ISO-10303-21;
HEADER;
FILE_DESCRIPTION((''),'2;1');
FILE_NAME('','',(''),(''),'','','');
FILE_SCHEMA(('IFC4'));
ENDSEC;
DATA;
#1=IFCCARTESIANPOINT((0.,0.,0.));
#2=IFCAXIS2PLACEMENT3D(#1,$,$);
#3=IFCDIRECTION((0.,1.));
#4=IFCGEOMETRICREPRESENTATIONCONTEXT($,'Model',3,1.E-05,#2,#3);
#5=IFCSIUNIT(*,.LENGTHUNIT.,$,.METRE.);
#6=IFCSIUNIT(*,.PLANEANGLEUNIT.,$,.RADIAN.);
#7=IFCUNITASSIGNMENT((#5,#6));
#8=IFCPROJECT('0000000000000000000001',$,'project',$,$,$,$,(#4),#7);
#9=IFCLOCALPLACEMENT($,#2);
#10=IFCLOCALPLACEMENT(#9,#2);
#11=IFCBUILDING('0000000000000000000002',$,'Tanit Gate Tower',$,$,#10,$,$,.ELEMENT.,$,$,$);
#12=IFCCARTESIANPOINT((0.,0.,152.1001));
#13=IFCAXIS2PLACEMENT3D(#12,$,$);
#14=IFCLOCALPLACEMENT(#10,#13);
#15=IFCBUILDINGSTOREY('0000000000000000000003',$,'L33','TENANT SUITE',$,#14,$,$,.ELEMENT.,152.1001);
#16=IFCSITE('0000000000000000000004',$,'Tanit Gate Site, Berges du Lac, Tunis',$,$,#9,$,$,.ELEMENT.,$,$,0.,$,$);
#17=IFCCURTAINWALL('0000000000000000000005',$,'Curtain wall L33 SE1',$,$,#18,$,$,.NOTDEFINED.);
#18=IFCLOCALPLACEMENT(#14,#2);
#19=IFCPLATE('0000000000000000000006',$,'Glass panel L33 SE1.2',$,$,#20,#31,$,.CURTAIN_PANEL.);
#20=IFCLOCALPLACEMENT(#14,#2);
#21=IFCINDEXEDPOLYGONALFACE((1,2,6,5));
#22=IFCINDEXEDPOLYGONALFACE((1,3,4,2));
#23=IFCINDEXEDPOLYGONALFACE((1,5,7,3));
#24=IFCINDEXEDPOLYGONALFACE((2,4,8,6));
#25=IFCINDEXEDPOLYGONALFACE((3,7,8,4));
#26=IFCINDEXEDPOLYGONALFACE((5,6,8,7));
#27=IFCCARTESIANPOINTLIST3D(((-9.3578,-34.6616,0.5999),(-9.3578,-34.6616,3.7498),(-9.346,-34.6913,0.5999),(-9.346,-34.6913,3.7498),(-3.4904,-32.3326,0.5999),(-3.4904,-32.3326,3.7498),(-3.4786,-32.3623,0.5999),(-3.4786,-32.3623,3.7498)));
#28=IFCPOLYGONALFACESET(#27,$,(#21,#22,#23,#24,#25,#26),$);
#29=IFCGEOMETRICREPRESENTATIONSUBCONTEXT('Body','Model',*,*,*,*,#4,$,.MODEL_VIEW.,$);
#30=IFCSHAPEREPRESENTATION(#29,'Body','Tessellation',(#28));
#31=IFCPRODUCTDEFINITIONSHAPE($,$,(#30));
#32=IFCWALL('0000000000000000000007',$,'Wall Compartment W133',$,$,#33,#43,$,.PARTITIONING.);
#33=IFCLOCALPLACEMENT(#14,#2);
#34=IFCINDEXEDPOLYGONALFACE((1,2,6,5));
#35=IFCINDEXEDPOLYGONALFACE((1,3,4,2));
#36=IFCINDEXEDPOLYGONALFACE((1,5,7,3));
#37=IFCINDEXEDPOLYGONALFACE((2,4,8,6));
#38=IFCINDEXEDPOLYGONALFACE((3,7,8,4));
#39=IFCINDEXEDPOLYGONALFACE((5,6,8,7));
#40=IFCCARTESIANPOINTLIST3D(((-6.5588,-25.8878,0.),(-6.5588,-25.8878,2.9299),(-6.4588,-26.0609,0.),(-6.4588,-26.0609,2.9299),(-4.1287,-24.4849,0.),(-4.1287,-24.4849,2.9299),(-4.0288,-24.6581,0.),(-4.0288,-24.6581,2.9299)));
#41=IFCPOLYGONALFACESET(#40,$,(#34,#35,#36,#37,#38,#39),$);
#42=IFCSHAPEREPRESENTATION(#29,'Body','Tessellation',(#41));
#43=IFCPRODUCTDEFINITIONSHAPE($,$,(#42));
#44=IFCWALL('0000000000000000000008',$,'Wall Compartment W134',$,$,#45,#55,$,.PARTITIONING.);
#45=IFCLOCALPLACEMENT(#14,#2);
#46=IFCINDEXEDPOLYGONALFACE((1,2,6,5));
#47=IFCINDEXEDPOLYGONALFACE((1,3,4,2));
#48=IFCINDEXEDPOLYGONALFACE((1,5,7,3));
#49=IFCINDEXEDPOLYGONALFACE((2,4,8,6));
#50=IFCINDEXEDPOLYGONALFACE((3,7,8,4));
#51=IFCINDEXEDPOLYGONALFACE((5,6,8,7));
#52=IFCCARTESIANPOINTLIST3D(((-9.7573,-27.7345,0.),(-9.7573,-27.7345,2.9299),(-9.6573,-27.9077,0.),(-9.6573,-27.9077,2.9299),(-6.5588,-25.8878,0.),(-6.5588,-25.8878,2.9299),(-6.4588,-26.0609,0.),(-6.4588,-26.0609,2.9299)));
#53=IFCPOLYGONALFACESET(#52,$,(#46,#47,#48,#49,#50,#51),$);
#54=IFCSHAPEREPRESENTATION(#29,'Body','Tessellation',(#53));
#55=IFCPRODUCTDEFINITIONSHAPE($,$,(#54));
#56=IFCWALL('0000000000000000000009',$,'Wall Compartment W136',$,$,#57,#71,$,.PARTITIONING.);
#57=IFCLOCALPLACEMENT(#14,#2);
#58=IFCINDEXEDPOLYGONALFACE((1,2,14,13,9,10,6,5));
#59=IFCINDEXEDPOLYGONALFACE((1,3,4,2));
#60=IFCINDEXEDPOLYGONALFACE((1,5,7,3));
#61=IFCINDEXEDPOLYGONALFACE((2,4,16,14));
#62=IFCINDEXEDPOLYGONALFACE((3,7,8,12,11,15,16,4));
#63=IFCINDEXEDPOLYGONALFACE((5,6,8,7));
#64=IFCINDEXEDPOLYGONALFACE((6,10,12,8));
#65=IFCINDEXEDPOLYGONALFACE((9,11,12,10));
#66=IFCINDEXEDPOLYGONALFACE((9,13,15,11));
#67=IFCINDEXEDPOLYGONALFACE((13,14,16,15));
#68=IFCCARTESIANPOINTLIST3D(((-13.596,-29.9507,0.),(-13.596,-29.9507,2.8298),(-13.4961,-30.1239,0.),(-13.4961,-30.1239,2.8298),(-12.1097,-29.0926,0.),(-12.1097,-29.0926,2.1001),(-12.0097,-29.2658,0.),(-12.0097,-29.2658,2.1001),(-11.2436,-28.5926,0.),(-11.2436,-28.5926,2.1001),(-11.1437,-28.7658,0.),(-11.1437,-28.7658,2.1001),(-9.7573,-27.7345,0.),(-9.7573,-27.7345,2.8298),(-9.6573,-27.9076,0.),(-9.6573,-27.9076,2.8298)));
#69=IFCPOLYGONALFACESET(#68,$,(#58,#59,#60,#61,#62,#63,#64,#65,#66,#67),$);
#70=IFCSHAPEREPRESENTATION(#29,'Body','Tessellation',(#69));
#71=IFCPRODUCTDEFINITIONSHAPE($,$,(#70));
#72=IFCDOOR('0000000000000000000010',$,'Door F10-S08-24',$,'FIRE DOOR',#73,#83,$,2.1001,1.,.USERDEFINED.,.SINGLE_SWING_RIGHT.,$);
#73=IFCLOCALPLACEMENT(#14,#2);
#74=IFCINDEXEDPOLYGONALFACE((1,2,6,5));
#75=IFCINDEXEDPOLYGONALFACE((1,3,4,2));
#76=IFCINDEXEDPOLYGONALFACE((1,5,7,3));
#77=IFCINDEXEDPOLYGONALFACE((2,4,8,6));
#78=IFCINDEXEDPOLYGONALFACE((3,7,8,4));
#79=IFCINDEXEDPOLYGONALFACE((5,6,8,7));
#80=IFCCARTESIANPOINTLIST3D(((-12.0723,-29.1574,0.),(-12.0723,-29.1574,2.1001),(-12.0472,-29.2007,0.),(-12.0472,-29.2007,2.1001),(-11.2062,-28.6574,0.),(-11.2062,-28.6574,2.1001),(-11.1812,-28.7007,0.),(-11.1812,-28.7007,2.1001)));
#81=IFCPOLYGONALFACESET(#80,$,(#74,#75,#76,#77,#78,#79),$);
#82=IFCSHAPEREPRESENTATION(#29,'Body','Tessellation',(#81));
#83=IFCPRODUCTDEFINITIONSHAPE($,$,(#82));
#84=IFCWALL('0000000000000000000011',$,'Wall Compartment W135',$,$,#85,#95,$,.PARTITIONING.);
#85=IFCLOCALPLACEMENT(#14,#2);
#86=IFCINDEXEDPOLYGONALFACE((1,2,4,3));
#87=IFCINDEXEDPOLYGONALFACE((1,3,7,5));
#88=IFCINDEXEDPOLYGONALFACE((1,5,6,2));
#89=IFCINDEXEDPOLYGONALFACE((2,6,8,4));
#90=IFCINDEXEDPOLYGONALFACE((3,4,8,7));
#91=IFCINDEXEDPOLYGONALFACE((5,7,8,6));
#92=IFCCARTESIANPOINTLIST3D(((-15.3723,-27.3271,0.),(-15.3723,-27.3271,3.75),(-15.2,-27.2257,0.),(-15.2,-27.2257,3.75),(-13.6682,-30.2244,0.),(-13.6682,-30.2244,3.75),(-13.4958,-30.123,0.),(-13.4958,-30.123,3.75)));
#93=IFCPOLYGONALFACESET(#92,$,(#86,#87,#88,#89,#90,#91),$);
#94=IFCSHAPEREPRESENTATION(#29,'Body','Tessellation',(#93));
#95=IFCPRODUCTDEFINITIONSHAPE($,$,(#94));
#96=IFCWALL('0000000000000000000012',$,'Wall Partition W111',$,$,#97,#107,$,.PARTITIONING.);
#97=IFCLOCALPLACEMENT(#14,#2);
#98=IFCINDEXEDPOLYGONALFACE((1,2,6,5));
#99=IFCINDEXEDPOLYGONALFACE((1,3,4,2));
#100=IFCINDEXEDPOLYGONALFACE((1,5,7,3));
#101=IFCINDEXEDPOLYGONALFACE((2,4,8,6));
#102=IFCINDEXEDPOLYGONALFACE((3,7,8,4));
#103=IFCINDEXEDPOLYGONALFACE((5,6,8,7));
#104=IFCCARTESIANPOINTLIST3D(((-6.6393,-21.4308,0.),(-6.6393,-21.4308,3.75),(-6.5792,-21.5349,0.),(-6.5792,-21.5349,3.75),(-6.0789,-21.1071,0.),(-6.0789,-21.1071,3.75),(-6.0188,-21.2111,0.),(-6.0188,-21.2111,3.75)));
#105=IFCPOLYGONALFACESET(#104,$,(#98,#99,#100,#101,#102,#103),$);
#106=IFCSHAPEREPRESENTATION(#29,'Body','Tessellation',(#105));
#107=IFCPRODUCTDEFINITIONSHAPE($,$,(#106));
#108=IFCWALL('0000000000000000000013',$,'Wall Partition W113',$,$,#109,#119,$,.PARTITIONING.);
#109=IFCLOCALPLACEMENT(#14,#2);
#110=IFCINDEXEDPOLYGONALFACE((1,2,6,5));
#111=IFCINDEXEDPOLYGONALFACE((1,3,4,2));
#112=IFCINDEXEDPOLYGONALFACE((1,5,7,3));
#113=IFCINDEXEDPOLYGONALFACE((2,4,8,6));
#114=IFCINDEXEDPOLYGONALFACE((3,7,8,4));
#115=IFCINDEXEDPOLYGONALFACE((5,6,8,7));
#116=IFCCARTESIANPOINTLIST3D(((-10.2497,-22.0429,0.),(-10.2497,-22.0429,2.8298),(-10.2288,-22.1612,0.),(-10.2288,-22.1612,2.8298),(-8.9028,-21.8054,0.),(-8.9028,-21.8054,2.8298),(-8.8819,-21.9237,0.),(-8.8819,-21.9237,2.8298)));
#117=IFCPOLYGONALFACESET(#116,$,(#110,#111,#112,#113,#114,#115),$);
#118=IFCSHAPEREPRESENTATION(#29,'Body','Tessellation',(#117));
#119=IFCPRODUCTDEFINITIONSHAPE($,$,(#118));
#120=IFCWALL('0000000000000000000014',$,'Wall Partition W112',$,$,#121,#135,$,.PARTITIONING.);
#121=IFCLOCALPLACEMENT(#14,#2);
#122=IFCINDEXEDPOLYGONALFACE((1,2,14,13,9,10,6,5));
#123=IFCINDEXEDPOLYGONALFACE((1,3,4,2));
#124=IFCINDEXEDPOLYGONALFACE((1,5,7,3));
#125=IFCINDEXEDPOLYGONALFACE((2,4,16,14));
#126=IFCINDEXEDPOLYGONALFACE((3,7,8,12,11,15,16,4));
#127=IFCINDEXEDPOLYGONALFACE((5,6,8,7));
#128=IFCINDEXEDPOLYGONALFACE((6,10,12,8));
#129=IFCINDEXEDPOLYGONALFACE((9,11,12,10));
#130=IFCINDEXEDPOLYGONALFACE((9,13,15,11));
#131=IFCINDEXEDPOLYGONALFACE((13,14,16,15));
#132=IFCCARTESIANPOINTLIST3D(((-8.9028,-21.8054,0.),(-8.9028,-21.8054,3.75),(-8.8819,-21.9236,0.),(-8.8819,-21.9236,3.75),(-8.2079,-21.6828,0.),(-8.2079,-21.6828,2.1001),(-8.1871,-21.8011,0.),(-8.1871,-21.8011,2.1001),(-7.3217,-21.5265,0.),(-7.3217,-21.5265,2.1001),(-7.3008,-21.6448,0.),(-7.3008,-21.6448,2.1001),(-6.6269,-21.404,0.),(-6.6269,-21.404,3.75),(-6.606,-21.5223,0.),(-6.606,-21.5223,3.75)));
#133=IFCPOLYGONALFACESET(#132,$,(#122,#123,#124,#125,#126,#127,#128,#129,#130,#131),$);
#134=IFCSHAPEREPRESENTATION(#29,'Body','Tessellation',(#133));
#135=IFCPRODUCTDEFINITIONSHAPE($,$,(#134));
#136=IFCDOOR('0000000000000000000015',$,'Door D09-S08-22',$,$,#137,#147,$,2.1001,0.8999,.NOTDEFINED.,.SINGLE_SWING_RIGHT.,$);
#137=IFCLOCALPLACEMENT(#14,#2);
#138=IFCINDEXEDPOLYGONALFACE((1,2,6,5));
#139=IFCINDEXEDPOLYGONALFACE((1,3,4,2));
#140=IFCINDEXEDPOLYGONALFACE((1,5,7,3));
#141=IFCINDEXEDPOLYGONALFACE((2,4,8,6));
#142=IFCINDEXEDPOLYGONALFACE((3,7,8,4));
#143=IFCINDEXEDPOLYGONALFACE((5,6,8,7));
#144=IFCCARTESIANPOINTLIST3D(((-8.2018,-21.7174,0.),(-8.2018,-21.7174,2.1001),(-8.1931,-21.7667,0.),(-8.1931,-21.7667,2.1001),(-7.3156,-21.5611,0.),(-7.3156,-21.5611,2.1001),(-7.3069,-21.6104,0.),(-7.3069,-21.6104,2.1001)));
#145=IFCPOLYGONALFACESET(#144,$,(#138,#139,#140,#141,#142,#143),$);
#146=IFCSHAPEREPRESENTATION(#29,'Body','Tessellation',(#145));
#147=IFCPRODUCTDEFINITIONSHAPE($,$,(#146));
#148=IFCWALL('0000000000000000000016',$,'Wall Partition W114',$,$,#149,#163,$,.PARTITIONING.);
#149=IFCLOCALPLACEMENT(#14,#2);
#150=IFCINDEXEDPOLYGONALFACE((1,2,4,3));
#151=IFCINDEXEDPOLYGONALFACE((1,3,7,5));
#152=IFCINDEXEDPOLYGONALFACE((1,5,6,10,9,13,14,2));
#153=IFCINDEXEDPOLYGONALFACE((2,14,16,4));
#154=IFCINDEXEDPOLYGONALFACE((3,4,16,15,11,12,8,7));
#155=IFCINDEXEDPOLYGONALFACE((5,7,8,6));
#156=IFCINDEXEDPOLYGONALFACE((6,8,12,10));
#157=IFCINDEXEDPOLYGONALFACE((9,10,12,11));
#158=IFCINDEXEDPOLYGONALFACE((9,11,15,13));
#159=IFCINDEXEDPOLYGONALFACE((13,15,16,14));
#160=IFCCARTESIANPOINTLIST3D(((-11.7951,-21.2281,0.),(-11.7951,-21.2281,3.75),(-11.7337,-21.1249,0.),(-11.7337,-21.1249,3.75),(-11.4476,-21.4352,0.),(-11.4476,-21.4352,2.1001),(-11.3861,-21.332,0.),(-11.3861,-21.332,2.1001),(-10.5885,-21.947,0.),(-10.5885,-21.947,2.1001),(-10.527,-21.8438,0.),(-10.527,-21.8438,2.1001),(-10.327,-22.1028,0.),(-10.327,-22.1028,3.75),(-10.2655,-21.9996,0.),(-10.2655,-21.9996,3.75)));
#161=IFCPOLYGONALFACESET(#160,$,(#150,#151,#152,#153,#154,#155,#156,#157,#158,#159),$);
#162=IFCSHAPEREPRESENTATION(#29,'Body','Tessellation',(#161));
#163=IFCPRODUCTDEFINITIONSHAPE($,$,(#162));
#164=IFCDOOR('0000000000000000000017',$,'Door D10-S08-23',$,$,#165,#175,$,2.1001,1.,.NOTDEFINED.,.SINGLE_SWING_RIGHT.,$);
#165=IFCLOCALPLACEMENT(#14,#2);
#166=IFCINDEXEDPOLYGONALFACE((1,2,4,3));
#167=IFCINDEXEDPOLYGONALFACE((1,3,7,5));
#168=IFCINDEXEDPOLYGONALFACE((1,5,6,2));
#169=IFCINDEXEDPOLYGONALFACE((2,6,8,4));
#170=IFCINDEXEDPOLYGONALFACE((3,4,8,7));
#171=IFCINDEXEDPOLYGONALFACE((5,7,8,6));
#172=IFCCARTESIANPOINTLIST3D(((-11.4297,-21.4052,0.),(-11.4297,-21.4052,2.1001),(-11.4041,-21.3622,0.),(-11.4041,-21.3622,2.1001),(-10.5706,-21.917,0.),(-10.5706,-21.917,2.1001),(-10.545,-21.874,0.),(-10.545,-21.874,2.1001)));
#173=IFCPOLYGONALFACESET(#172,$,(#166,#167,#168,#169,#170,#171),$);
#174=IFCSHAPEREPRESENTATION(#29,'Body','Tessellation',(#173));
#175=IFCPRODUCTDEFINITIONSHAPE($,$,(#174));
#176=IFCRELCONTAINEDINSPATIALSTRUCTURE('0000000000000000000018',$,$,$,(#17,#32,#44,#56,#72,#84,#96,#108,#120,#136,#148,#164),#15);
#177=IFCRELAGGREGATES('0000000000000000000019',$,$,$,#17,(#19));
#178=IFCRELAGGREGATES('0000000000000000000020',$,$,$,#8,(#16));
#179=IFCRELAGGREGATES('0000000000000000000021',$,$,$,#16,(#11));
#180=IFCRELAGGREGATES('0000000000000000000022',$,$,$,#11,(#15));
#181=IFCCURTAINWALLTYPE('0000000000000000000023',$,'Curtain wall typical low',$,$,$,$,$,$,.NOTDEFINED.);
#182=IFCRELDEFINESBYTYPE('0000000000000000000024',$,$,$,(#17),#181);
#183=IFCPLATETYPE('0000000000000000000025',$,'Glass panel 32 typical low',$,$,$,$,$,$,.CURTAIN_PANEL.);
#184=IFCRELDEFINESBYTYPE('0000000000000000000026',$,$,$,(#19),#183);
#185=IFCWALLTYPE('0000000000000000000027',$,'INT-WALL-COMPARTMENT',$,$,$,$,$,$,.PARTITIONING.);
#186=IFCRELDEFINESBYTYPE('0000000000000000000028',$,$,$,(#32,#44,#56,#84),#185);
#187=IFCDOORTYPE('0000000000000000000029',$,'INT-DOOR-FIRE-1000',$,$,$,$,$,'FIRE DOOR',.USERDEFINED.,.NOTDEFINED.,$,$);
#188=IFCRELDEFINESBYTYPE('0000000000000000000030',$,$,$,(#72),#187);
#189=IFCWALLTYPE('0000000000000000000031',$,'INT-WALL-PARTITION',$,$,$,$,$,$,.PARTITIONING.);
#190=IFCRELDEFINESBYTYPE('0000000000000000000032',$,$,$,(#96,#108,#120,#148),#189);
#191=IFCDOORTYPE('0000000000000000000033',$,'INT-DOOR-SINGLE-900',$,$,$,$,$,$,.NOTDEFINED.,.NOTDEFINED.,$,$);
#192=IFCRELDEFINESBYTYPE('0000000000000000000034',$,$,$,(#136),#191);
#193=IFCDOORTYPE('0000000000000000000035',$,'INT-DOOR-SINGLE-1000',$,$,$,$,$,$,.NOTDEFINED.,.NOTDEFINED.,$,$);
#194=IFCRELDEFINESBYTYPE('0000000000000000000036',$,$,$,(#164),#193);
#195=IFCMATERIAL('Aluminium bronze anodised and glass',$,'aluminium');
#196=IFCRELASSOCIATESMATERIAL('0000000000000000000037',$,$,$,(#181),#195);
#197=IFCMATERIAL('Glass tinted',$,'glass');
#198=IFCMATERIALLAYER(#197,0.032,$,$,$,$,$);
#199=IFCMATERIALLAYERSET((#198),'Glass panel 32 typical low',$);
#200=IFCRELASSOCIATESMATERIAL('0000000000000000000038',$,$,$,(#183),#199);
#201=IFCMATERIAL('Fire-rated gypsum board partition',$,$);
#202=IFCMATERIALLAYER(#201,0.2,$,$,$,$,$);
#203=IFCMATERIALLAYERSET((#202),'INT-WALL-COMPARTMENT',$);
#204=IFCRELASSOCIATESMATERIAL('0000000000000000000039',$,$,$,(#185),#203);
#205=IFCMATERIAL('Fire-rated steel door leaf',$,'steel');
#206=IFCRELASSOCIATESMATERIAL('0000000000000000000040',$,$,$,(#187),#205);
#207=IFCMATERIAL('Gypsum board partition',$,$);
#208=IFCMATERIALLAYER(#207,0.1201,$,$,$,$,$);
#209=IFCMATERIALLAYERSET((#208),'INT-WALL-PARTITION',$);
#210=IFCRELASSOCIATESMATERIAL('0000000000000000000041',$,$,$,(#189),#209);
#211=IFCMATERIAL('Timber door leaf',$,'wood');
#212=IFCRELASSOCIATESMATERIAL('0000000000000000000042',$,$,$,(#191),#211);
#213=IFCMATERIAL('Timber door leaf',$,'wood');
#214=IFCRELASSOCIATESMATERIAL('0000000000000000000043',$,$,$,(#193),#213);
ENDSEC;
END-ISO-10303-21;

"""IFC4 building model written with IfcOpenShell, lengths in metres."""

from ifc_helpers import new_model, si_unit, direction, frame, frame_2d, origin, origin_2d, place, context, subcontext, project, spatial, rectangle, extrude, material, layer, layer_set, type_object, element, fill, aggregate, save


model = new_model("IFC4")

# Units and contexts
model_context = context("Model", 3, precision=1e-05, world=origin(), true_north=direction((0.0, 1.0)))
body_context = subcontext(model_context, "Body", "Model", "MODEL_VIEW")
ifc_project = project(units=[si_unit("LENGTHUNIT", "METRE"), si_unit("PLANEANGLEUNIT", "RADIAN")], contexts=[model_context])

# Site, building, storey
site_placement = place(None, origin())
site = spatial("IfcSite", under=ifc_project, at=site_placement, Name="Tanit Gate Site, Berges du Lac, Tunis", CompositionType="ELEMENT", RefElevation=0.0)
building_placement = place(site_placement, origin())
building = spatial("IfcBuilding", under=site, at=building_placement, Name="Tanit Gate Tower", CompositionType="ELEMENT")
storey_placement = place(building_placement, frame((0.0, 0.0, 152.1001)))
storey = spatial("IfcBuildingStorey", under=building, at=storey_placement, Name="L33", Description="TENANT SUITE", CompositionType="ELEMENT", Elevation=152.1001)

# Curtain wall
ifc_material_1 = material(Name="Aluminium bronze anodised and glass", Category="aluminium")
curtain_wall_type = type_object("IfcCurtainWallType", Name="Curtain wall typical low", PredefinedType="NOTDEFINED", material=ifc_material_1)
curtain_wall_placement = place(storey_placement, origin())
curtain_wall = element("IfcCurtainWall", 1, at=curtain_wall_placement, inside=storey, type_object=curtain_wall_type, Name="Curtain wall L33 SE1", PredefinedType="NOTDEFINED")

# Plate
ifc_material_2 = material(Name="Glass tinted", Category="glass")
ifc_layer_1 = layer(ifc_material_2, 0.032)
ifc_layer_set_1 = layer_set([ifc_layer_1], Name="Glass panel 32 typical low")
plate_type = type_object("IfcPlateType", Name="Glass panel 32 typical low", PredefinedType="CURTAIN_PANEL", material=ifc_layer_set_1)
plate_1_placement = place(storey_placement, frame((-6.4182, -33.512, 0.5999), z_axis=(0.0, 0.0, 1.0), x_axis=(0.929454, 0.368938, 0.0)))
plate_1 = element("IfcPlate", 2, at=plate_1_placement, type_object=plate_type, Name="Glass panel L33 SE1.2", PredefinedType="CURTAIN_PANEL", context=body_context, shape_type="SweptSolid", body=[
    extrude(rectangle(XDim=6.3127, YDim=0.032, at=origin_2d()), origin(), (0.0, 0.0, 1.0), 3.1499),
])
aggregate(curtain_wall, [plate_1])

# Walls
ifc_material_3 = material(Name="Fire-rated gypsum board partition")
ifc_layer_2 = layer(ifc_material_3, 0.2)
ifc_layer_set_2 = layer_set([ifc_layer_2], Name="INT-WALL-COMPARTMENT")
wall_type_1 = type_object("IfcWallType", Name="INT-WALL-COMPARTMENT", PredefinedType="PARTITIONING", material=ifc_layer_set_2)
wall_1_placement = place(storey_placement, frame((-4.0789, -24.5715, 0.0), z_axis=(0.0, 0.0, 1.0), x_axis=(-0.866039, -0.499976, 0.0)))
element("IfcWall", 3, at=wall_1_placement, inside=storey, type_object=wall_type_1, Name="Wall Compartment W133", PredefinedType="PARTITIONING", context=body_context, shape_type="SweptSolid", body=[
    extrude(rectangle(XDim=2.8059, YDim=0.2, at=frame_2d((1.4028, 0.0))), origin(), (0.0, 0.0, 1.0), 2.9299),
])
wall_2_placement = place(storey_placement, frame((-6.5088, -25.9744, 0.0), z_axis=(0.0, 0.0, 1.0), x_axis=(-0.866022, -0.500007, 0.0)))
element("IfcWall", 4, at=wall_2_placement, inside=storey, type_object=wall_type_1, Name="Wall Compartment W134", PredefinedType="PARTITIONING", context=body_context, shape_type="SweptSolid", body=[
    extrude(rectangle(XDim=3.6934, YDim=0.2, at=frame_2d((1.8467, 0.0))), origin(), (0.0, 0.0, 1.0), 2.9299),
])

# Wall, opening, door
wall_3_placement = place(storey_placement, frame((-9.7073, -27.821, 0.0), z_axis=(0.0, 0.0, 1.0), x_axis=(-0.866032, -0.499989, 0.0)))
wall_3 = element("IfcWall", 5, at=wall_3_placement, inside=storey, type_object=wall_type_1, Name="Wall Compartment W136", PredefinedType="PARTITIONING", context=body_context, shape_type="SweptSolid", body=[
    extrude(rectangle(XDim=4.4326, YDim=0.2, at=frame_2d((2.2163, 0.0))), origin(), (0.0, 0.0, 1.0), 2.8298),
])
opening_1_placement = place(wall_3_placement, frame((1.7163, 0.0, 0.0)))
opening_1 = element("IfcOpeningElement", 6, at=opening_1_placement, cuts=wall_3, PredefinedType="OPENING", context=body_context, shape_type="SweptSolid", body=[
    extrude(rectangle(XDim=1.0, YDim=2.1001, at=frame_2d((0.5, 1.05))), frame((0.0, 0.1099, 0.0), z_axis=(0.0, -1.0, 0.0), x_axis=(1.0, 0.0, 0.0)), (0.0, 0.0, 1.0), 0.22),
])
ifc_material_4 = material(Name="Fire-rated steel door leaf", Category="steel")
door_type_1 = type_object("IfcDoorType", Name="INT-DOOR-FIRE-1000", ElementType="FIRE DOOR", OperationType="NOTDEFINED", PredefinedType="USERDEFINED", material=ifc_material_4)
door_1_placement = place(opening_1_placement, origin())
door_1 = element("IfcDoor", 7, at=door_1_placement, inside=storey, type_object=door_type_1, Name="Door F10-S08-24", ObjectType="FIRE DOOR", OperationType="SINGLE_SWING_RIGHT", OverallHeight=2.1001, OverallWidth=1.0, PredefinedType="USERDEFINED", context=body_context, shape_type="SweptSolid", body=[
    extrude(rectangle(XDim=1.0, YDim=2.1001, at=frame_2d((0.5, 1.05))), frame((0.0, 0.0249, 0.0), z_axis=(0.0, -1.0, 0.0), x_axis=(1.0, 0.0, 0.0)), (0.0, 0.0, 1.0), 0.05),
])
fill(opening_1, door_1)

# Walls
wall_4_placement = place(storey_placement, frame((-15.2861, -27.2764, 0.0), z_axis=(0.0, 0.0, 1.0), x_axis=(0.506988, -0.861953, 0.0)))
element("IfcWall", 8, at=wall_4_placement, inside=storey, type_object=wall_type_1, Name="Wall Compartment W135", PredefinedType="PARTITIONING", context=body_context, shape_type="SweptSolid", body=[
    extrude(rectangle(XDim=3.3613, YDim=0.2, at=frame_2d((1.6807, 0.0))), origin(), (0.0, 0.0, 1.0), 3.75),
])
ifc_material_5 = material(Name="Gypsum board partition")
ifc_layer_3 = layer(ifc_material_5, 0.1201)
ifc_layer_set_3 = layer_set([ifc_layer_3], Name="INT-WALL-PARTITION")
wall_type_2 = type_object("IfcWallType", Name="INT-WALL-PARTITION", PredefinedType="PARTITIONING", material=ifc_layer_set_3)
wall_5_placement = place(storey_placement, frame((-6.6094, -21.4829, 0.0), z_axis=(0.0, 0.0, 1.0), x_axis=(0.865865, 0.500278, 0.0)))
element("IfcWall", 9, at=wall_5_placement, inside=storey, type_object=wall_type_2, Name="Wall Partition W111", PredefinedType="PARTITIONING", context=body_context, shape_type="SweptSolid", body=[
    extrude(rectangle(XDim=0.6472, YDim=0.1201, at=frame_2d((0.3237, 0.0))), origin(), (0.0, 0.0, 1.0), 3.75),
])
wall_6_placement = place(storey_placement, frame((-10.2393, -22.1021, 0.0), z_axis=(0.0, 0.0, 1.0), x_axis=(0.984802, 0.173684, 0.0)))
element("IfcWall", 10, at=wall_6_placement, inside=storey, type_object=wall_type_2, Name="Wall Partition W113", PredefinedType="PARTITIONING", context=body_context, shape_type="SweptSolid", body=[
    extrude(rectangle(XDim=1.3677, YDim=0.1201, at=frame_2d((0.6838, 0.0))), origin(), (0.0, 0.0, 1.0), 2.8298),
])

# Walls, openings, doors
wall_7_placement = place(storey_placement, frame((-8.8923, -21.8645, 0.0), z_axis=(0.0, 0.0, 1.0), x_axis=(0.984803, 0.173677, 0.0)))
wall_7 = element("IfcWall", 11, at=wall_7_placement, inside=storey, type_object=wall_type_2, Name="Wall Partition W112", PredefinedType="PARTITIONING", context=body_context, shape_type="SweptSolid", body=[
    extrude(rectangle(XDim=2.311, YDim=0.1201, at=frame_2d((1.1555, 0.0))), origin(), (0.0, 0.0, 1.0), 3.75),
])
opening_2_placement = place(wall_7_placement, frame((0.7056, 0.0, 0.0)))
opening_2 = element("IfcOpeningElement", 12, at=opening_2_placement, cuts=wall_7, PredefinedType="OPENING", context=body_context, shape_type="SweptSolid", body=[
    extrude(rectangle(XDim=0.8999, YDim=2.1001, at=frame_2d((0.45, 1.05))), frame((0.0, 0.0701, 0.0), z_axis=(0.0, -1.0, 0.0), x_axis=(1.0, 0.0, 0.0)), (0.0, 0.0, 1.0), 0.1401),
])
ifc_material_6 = material(Name="Timber door leaf", Category="wood")
door_type_2 = type_object("IfcDoorType", Name="INT-DOOR-SINGLE-900", OperationType="NOTDEFINED", PredefinedType="NOTDEFINED", material=ifc_material_6)
door_2_placement = place(opening_2_placement, origin())
door_2 = element("IfcDoor", 13, at=door_2_placement, inside=storey, type_object=door_type_2, Name="Door D09-S08-22", OperationType="SINGLE_SWING_RIGHT", OverallHeight=2.1001, OverallWidth=0.8999, PredefinedType="NOTDEFINED", context=body_context, shape_type="SweptSolid", body=[
    extrude(rectangle(XDim=0.8999, YDim=2.1001, at=frame_2d((0.45, 1.05))), frame((0.0, 0.0249, 0.0), z_axis=(0.0, -1.0, 0.0), x_axis=(1.0, 0.0, 0.0)), (0.0, 0.0, 1.0), 0.05),
])
fill(opening_2, door_2)
wall_8_placement = place(storey_placement, frame((-11.7644, -21.1765, 0.0), z_axis=(0.0, 0.0, 1.0), x_axis=(0.85909, -0.511825, 0.0)))
wall_8 = element("IfcWall", 14, at=wall_8_placement, inside=storey, type_object=wall_type_2, Name="Wall Partition W114", PredefinedType="PARTITIONING", context=body_context, shape_type="SweptSolid", body=[
    extrude(rectangle(XDim=1.709, YDim=0.1201, at=frame_2d((0.8545, 0.0))), origin(), (0.0, 0.0, 1.0), 3.75),
])
opening_3_placement = place(wall_8_placement, frame((0.4045, 0.0, 0.0)))
opening_3 = element("IfcOpeningElement", 15, at=opening_3_placement, cuts=wall_8, PredefinedType="OPENING", context=body_context, shape_type="SweptSolid", body=[
    extrude(rectangle(XDim=1.0, YDim=2.1001, at=frame_2d((0.5, 1.05))), frame((0.0, 0.0701, 0.0), z_axis=(0.0, -1.0, 0.0), x_axis=(1.0, 0.0, 0.0)), (0.0, 0.0, 1.0), 0.1401),
])
ifc_material_7 = material(Name="Timber door leaf", Category="wood")
door_type_3 = type_object("IfcDoorType", Name="INT-DOOR-SINGLE-1000", OperationType="NOTDEFINED", PredefinedType="NOTDEFINED", material=ifc_material_7)
door_3_placement = place(opening_3_placement, origin())
door_3 = element("IfcDoor", 16, at=door_3_placement, inside=storey, type_object=door_type_3, Name="Door D10-S08-23", OperationType="SINGLE_SWING_RIGHT", OverallHeight=2.1001, OverallWidth=1.0, PredefinedType="NOTDEFINED", context=body_context, shape_type="SweptSolid", body=[
    extrude(rectangle(XDim=1.0, YDim=2.1001, at=frame_2d((0.5, 1.05))), frame((0.0, 0.0249, 0.0), z_axis=(0.0, -1.0, 0.0), x_axis=(1.0, 0.0, 0.0)), (0.0, 0.0, 1.0), 0.05),
])
fill(opening_3, door_3)

save(model, "model.ifc")
